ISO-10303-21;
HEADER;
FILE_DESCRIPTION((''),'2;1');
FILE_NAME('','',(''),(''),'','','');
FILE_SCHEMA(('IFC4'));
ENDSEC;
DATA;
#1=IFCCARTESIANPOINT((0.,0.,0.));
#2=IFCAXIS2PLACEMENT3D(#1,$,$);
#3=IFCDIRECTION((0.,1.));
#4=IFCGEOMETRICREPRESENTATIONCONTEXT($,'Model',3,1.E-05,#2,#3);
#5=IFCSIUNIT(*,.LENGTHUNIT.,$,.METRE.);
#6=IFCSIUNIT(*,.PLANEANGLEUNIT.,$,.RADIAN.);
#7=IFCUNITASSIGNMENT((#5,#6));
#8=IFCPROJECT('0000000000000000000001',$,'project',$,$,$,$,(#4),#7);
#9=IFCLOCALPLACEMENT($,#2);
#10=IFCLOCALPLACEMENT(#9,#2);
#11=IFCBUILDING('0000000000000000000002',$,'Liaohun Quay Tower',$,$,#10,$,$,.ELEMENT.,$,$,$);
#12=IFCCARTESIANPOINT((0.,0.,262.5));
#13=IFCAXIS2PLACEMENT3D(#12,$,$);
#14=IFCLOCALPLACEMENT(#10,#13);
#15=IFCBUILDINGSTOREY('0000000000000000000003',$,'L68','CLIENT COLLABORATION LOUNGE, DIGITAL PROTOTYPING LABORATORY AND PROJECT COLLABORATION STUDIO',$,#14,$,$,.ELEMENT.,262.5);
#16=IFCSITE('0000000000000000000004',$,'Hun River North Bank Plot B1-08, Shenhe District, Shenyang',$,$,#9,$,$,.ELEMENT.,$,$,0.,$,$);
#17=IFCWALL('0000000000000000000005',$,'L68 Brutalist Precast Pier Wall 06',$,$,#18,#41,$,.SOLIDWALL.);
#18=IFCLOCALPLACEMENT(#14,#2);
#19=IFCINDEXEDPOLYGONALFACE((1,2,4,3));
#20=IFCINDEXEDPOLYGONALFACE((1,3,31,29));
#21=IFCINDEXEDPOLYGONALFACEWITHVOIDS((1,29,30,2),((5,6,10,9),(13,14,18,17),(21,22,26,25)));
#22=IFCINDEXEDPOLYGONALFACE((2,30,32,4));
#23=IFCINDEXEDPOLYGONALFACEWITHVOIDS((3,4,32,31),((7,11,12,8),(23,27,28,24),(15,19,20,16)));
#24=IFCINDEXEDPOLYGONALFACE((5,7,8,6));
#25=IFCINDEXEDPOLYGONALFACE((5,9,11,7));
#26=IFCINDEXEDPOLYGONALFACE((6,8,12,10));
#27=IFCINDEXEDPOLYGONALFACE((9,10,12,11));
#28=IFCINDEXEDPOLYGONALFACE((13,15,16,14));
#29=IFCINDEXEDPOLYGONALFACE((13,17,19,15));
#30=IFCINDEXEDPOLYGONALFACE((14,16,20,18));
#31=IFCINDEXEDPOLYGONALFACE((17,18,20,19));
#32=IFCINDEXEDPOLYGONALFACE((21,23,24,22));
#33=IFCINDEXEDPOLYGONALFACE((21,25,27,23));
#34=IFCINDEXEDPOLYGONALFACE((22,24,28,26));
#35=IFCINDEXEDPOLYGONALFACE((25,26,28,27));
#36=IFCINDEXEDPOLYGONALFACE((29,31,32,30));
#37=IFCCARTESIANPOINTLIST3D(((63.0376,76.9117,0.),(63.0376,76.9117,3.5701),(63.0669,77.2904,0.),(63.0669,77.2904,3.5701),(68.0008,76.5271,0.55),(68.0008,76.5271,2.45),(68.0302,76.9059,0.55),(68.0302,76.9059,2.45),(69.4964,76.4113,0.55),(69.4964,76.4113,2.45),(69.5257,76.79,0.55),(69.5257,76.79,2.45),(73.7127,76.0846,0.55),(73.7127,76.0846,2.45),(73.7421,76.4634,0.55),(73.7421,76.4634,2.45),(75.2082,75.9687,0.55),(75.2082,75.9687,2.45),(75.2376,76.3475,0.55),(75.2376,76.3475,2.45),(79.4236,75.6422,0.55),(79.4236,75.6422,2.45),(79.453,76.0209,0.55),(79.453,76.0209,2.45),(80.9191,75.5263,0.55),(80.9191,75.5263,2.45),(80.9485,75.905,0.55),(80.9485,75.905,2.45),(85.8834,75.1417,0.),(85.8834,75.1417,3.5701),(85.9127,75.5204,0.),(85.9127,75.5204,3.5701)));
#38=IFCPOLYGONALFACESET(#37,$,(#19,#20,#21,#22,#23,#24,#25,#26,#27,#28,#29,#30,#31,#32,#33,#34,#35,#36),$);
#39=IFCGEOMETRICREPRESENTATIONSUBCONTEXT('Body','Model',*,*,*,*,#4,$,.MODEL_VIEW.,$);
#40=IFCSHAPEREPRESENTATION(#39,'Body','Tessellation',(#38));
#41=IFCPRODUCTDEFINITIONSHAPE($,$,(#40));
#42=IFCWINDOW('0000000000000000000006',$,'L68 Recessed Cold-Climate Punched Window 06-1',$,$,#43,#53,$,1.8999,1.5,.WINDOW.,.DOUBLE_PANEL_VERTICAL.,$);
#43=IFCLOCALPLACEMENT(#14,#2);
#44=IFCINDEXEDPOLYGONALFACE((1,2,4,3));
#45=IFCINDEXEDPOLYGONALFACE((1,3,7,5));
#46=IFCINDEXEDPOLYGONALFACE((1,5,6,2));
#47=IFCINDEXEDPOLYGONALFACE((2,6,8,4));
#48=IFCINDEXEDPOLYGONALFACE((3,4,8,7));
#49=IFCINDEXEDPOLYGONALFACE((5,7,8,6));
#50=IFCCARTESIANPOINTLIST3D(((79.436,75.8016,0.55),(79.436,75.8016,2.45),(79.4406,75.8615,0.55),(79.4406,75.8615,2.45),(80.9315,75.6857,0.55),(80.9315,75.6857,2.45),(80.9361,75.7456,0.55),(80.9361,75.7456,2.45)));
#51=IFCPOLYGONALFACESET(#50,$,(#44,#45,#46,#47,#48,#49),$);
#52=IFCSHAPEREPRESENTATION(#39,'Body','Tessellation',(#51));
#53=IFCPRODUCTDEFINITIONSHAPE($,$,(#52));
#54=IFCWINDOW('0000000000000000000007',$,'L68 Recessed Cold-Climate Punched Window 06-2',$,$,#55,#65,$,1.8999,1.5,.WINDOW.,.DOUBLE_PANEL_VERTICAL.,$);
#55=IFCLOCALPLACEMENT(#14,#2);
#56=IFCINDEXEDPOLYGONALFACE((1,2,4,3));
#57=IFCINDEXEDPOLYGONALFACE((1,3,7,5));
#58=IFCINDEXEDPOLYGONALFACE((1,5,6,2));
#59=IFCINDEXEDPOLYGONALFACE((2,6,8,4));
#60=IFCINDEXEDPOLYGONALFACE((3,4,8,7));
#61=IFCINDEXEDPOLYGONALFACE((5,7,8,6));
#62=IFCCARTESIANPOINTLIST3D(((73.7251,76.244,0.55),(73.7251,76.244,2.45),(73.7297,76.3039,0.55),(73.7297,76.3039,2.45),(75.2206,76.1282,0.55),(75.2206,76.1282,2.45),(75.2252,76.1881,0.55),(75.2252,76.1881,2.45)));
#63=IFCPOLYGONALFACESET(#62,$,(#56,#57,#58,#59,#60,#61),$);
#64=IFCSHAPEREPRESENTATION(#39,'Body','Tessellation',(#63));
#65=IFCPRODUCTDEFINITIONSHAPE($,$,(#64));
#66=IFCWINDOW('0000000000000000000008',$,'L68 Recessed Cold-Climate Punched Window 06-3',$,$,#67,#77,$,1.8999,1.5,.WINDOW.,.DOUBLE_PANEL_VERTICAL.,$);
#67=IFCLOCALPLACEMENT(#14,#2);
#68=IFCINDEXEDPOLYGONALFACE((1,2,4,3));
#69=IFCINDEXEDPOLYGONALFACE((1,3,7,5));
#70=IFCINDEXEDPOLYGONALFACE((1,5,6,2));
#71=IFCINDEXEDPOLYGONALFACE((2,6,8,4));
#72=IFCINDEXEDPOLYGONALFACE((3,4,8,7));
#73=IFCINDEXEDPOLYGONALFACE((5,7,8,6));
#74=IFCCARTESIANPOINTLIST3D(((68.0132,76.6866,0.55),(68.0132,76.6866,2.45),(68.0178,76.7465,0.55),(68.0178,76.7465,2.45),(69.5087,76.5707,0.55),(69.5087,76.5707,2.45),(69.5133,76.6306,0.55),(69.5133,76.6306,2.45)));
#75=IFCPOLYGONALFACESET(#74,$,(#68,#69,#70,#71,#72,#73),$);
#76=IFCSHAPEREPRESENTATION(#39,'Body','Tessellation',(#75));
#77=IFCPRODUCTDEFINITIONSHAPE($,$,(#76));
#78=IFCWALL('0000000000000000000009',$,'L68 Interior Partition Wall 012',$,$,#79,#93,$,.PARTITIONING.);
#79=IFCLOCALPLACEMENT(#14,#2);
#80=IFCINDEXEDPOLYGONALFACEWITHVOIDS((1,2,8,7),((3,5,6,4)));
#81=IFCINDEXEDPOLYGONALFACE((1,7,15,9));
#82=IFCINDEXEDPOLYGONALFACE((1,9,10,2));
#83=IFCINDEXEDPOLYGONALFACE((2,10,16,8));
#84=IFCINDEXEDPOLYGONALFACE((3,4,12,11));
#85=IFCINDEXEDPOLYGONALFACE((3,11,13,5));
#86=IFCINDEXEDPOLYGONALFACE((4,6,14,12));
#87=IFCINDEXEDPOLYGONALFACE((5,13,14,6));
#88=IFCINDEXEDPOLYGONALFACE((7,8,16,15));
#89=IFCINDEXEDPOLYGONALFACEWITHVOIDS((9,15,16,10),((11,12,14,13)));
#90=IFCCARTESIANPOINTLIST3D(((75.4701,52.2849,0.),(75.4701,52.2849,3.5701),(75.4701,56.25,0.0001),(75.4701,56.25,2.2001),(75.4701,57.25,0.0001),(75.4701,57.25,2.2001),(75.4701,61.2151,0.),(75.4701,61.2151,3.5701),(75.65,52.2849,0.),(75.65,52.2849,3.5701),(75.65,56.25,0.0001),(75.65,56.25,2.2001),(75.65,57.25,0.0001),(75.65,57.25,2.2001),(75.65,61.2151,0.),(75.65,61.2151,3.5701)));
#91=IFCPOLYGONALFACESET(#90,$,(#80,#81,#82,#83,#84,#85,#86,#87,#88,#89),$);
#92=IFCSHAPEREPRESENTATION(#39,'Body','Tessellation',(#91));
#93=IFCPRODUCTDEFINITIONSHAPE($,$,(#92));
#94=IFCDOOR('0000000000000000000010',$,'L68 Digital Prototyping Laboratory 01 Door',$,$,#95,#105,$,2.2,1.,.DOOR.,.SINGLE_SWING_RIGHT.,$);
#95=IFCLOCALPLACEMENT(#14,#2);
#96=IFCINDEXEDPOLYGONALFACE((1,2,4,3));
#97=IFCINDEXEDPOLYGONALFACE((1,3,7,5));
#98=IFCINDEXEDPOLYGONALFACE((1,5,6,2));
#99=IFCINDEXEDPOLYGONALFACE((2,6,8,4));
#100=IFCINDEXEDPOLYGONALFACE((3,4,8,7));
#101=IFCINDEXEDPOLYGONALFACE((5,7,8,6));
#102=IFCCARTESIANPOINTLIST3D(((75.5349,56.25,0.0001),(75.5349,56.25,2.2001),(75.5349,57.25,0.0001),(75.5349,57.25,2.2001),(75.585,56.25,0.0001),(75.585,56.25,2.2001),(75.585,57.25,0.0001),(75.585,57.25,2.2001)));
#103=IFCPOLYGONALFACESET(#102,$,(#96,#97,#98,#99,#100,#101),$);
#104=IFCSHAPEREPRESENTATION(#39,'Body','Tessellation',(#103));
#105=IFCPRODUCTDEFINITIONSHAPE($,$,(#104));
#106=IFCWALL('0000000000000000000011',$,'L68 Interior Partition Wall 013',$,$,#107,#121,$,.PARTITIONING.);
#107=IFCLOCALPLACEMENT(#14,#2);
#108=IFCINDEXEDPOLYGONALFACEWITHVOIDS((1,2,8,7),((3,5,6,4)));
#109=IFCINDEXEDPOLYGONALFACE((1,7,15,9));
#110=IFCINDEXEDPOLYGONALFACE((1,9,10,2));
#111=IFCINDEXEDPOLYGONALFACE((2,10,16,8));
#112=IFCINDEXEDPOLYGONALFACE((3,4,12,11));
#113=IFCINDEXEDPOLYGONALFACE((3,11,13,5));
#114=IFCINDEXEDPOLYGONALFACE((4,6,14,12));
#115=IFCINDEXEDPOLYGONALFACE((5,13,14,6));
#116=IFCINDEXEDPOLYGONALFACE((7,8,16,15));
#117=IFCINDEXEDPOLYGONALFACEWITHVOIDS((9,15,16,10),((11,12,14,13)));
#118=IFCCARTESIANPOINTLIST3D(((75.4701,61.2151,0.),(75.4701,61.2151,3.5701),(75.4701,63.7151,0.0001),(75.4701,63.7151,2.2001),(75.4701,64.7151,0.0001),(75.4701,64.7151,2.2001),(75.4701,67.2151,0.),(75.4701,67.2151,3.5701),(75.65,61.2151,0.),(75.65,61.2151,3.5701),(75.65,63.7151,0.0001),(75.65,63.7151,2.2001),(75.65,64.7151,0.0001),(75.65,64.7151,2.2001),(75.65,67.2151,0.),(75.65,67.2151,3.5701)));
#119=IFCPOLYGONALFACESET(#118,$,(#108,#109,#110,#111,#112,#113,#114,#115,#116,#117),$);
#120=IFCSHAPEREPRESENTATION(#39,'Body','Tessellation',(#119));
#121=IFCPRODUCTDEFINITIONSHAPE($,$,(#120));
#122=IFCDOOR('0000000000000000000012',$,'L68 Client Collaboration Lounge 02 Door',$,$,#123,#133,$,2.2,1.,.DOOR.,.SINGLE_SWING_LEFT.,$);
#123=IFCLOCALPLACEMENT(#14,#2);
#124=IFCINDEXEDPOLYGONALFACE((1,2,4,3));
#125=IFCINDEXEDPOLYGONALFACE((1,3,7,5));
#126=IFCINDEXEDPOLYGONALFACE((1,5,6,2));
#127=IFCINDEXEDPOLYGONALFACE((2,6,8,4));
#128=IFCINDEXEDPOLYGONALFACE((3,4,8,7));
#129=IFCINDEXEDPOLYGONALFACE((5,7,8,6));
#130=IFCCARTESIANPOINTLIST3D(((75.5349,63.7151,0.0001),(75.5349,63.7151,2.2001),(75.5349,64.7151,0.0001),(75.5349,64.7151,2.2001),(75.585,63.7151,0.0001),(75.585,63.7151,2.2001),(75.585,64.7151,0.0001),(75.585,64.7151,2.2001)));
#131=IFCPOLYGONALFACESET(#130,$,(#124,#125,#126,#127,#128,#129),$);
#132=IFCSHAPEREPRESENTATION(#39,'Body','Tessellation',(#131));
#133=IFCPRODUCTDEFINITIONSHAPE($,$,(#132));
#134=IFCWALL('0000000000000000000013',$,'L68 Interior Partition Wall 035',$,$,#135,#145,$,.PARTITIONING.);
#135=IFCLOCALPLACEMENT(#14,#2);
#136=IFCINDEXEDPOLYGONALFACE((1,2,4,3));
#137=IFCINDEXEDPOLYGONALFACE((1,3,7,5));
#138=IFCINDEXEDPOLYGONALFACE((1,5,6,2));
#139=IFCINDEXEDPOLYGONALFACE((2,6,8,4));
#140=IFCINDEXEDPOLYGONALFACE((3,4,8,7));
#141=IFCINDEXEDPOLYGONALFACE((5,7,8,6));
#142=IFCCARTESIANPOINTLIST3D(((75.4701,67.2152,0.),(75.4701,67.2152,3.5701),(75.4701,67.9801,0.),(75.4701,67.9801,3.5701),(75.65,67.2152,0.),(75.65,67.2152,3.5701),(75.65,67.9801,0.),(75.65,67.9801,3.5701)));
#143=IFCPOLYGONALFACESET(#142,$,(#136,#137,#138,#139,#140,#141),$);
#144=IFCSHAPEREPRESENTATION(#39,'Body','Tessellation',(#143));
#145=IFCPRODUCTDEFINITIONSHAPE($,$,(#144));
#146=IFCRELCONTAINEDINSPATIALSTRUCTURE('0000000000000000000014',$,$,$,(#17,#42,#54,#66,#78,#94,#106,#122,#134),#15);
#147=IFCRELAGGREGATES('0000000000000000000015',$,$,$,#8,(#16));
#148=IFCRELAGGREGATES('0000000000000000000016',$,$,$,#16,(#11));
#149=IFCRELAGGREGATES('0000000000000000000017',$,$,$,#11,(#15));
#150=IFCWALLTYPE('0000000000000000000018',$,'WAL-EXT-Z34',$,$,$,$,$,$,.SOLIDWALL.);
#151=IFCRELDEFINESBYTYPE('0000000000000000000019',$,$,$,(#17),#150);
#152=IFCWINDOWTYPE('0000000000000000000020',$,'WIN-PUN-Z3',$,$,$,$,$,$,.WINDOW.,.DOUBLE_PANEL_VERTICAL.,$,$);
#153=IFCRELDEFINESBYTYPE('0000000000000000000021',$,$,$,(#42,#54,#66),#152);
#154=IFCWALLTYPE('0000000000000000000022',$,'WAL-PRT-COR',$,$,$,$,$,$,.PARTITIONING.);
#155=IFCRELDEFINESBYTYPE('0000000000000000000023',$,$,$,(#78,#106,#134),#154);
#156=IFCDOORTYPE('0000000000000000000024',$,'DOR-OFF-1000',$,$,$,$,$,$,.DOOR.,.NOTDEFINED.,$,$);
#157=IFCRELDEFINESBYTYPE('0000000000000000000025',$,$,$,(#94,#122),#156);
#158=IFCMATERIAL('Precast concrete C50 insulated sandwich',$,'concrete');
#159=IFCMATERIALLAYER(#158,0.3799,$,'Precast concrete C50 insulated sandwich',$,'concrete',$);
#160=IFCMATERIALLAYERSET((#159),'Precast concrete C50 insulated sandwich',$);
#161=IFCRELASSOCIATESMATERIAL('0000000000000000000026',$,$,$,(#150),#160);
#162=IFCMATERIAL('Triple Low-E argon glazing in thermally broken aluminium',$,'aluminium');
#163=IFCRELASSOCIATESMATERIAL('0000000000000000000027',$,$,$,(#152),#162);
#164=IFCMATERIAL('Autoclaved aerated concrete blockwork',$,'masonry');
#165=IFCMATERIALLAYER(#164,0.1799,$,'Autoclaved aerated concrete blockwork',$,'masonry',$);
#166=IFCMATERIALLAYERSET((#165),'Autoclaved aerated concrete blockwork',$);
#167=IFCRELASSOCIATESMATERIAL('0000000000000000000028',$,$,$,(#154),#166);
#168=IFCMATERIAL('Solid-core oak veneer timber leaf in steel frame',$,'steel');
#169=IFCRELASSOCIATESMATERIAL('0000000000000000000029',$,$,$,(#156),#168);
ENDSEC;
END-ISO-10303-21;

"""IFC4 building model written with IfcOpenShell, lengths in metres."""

from ifc_helpers import new_model, si_unit, direction, frame, frame_2d, origin, place, context, subcontext, project, spatial, rectangle, extrude, source, transform, mapped, material, layer, layer_set, type_object, element, fill, save


model = new_model("IFC4")

# Units and contexts
model_context = context("Model", 3, precision=1e-05, world=origin(), true_north=direction((0.0, 1.0)))
body_context = subcontext(model_context, "Body", "Model", "MODEL_VIEW")
ifc_project = project(units=[si_unit("LENGTHUNIT", "METRE"), si_unit("PLANEANGLEUNIT", "RADIAN")], contexts=[model_context])

# Site, building, storey
site_placement = place(None, origin())
site = spatial("IfcSite", under=ifc_project, at=site_placement, Name="Hun River North Bank Plot B1-08, Shenhe District, Shenyang", CompositionType="ELEMENT", RefElevation=0.0)
building_placement = place(site_placement, origin())
building = spatial("IfcBuilding", under=site, at=building_placement, Name="Liaohun Quay Tower", CompositionType="ELEMENT")
storey_placement = place(building_placement, frame((0.0, 0.0, 262.5)))
storey = spatial("IfcBuildingStorey", under=building, at=storey_placement, Name="L68", Description="CLIENT COLLABORATION LOUNGE, DIGITAL PROTOTYPING LABORATORY AND PROJECT COLLABORATION STUDIO", CompositionType="ELEMENT", Elevation=262.5)

# Shared definitions
ifc_material_1 = material(Name="Precast concrete C50 insulated sandwich", Category="concrete")
ifc_layer_1 = layer(ifc_material_1, 0.3799, Name="Precast concrete C50 insulated sandwich", Category="concrete")
ifc_layer_set_1 = layer_set([ifc_layer_1], Name="Precast concrete C50 insulated sandwich")
wall_type_1 = type_object("IfcWallType", Name="WAL-EXT-Z34", PredefinedType="SOLIDWALL", material=ifc_layer_set_1)

# Wall, openings, windows
wall_1_placement = place(storey_placement, frame((85.8979, 75.3311, 0.0), z_axis=(0.0, 0.0, 1.0), x_axis=(-0.997012, 0.077245, 0.0)))
wall_1 = element("IfcWall", 1, at=wall_1_placement, inside=storey, type_object=wall_type_1, Name="L68 Brutalist Precast Pier Wall 06", PredefinedType="SOLIDWALL", context=body_context, shape_type="SweptSolid", body=[
    extrude(rectangle(XDim=22.9143, YDim=0.3799, at=frame_2d((11.457, 0.0))), origin(), (0.0, 0.0, 1.0), 3.5701),
])
shared_shape_1 = source(origin(), body_context, "Body", "SweptSolid", [
    extrude(rectangle(XDim=1.5, YDim=1.8999, at=frame_2d((0.75, 0.95))), frame((0.0, 0.2, 0.0), z_axis=(0.0, -1.0, 0.0), x_axis=(1.0, 0.0, 0.0)), (0.0, 0.0, 1.0), 0.3999),
])
opening_1_placement = place(wall_1_placement, frame((4.979, 0.0, 0.55)))
opening_1 = element("IfcOpeningElement", 2, at=opening_1_placement, cuts=wall_1, PredefinedType="OPENING", context=body_context, shape_type="MappedRepresentation", body=[
    mapped(shared_shape_1, transform((0.0, 0.0, 0.0), x_axis=(1.0, 0.0, 0.0), y_axis=(0.0, 1.0, 0.0), z_axis=(0.0, 0.0, 1.0), scale=1.0)),
])
opening_2_placement = place(wall_1_placement, frame((10.707, 0.0, 0.55)))
opening_2 = element("IfcOpeningElement", 3, at=opening_2_placement, cuts=wall_1, PredefinedType="OPENING", context=body_context, shape_type="MappedRepresentation", body=[
    mapped(shared_shape_1, transform((0.0, 0.0, 0.0), x_axis=(1.0, 0.0, 0.0), y_axis=(0.0, 1.0, 0.0), z_axis=(0.0, 0.0, 1.0), scale=1.0)),
])
opening_3_placement = place(wall_1_placement, frame((16.436, 0.0, 0.55)))
opening_3 = element("IfcOpeningElement", 4, at=opening_3_placement, cuts=wall_1, PredefinedType="OPENING", context=body_context, shape_type="MappedRepresentation", body=[
    mapped(shared_shape_1, transform((0.0, 0.0, 0.0), x_axis=(1.0, 0.0, 0.0), y_axis=(0.0, 1.0, 0.0), z_axis=(0.0, 0.0, 1.0), scale=1.0)),
])
ifc_material_2 = material(Name="Triple Low-E argon glazing in thermally broken aluminium", Category="aluminium")
window_type_1 = type_object("IfcWindowType", Name="WIN-PUN-Z3", PartitioningType="DOUBLE_PANEL_VERTICAL", PredefinedType="WINDOW", material=ifc_material_2)
shared_shape_2 = source(origin(), body_context, "Body", "SweptSolid", [
    extrude(rectangle(XDim=1.5, YDim=1.8999, at=frame_2d((0.75, 0.95))), frame((0.0, 0.03, 0.0), z_axis=(0.0, -1.0, 0.0), x_axis=(1.0, 0.0, 0.0)), (0.0, 0.0, 1.0), 0.0601),
])
window_1_placement = place(opening_1_placement, origin())
window_1 = element("IfcWindow", 5, at=window_1_placement, inside=storey, type_object=window_type_1, Name="L68 Recessed Cold-Climate Punched Window 06-1", OverallHeight=1.8999, OverallWidth=1.5, PartitioningType="DOUBLE_PANEL_VERTICAL", PredefinedType="WINDOW", context=body_context, shape_type="MappedRepresentation", body=[
    mapped(shared_shape_2, transform((0.0, 0.0, 0.0), x_axis=(1.0, 0.0, 0.0), y_axis=(0.0, 1.0, 0.0), z_axis=(0.0, 0.0, 1.0), scale=1.0)),
])
fill(opening_1, window_1)
window_2_placement = place(opening_2_placement, origin())
window_2 = element("IfcWindow", 6, at=window_2_placement, inside=storey, type_object=window_type_1, Name="L68 Recessed Cold-Climate Punched Window 06-2", OverallHeight=1.8999, OverallWidth=1.5, PartitioningType="DOUBLE_PANEL_VERTICAL", PredefinedType="WINDOW", context=body_context, shape_type="MappedRepresentation", body=[
    mapped(shared_shape_2, transform((0.0, 0.0, 0.0), x_axis=(1.0, 0.0, 0.0), y_axis=(0.0, 1.0, 0.0), z_axis=(0.0, 0.0, 1.0), scale=1.0)),
])
fill(opening_2, window_2)
window_3_placement = place(opening_3_placement, origin())
window_3 = element("IfcWindow", 7, at=window_3_placement, inside=storey, type_object=window_type_1, Name="L68 Recessed Cold-Climate Punched Window 06-3", OverallHeight=1.8999, OverallWidth=1.5, PartitioningType="DOUBLE_PANEL_VERTICAL", PredefinedType="WINDOW", context=body_context, shape_type="MappedRepresentation", body=[
    mapped(shared_shape_2, transform((0.0, 0.0, 0.0), x_axis=(1.0, 0.0, 0.0), y_axis=(0.0, 1.0, 0.0), z_axis=(0.0, 0.0, 1.0), scale=1.0)),
])
fill(opening_3, window_3)

# Walls, openings, doors
ifc_material_3 = material(Name="Autoclaved aerated concrete blockwork", Category="masonry")
ifc_layer_2 = layer(ifc_material_3, 0.1799, Name="Autoclaved aerated concrete blockwork", Category="masonry")
ifc_layer_set_2 = layer_set([ifc_layer_2], Name="Autoclaved aerated concrete blockwork")
wall_type_2 = type_object("IfcWallType", Name="WAL-PRT-COR", PredefinedType="PARTITIONING", material=ifc_layer_set_2)
wall_2_placement = place(storey_placement, frame((75.5601, 61.2151, 0.0), z_axis=(0.0, 0.0, 1.0), x_axis=(0.0, -1.0, 0.0)))
wall_2 = element("IfcWall", 8, at=wall_2_placement, inside=storey, type_object=wall_type_2, Name="L68 Interior Partition Wall 012", PredefinedType="PARTITIONING", context=body_context, shape_type="SweptSolid", body=[
    extrude(rectangle(XDim=8.9302, YDim=0.1799, at=frame_2d((4.4651, 0.0))), origin(), (0.0, 0.0, 1.0), 3.5701),
])
shared_shape_3 = source(origin(), body_context, "Body", "SweptSolid", [
    extrude(rectangle(XDim=1.0, YDim=2.2, at=frame_2d((0.5, 1.1001))), frame((0.0, 0.0999, 0.0), z_axis=(0.0, -1.0, 0.0), x_axis=(1.0, 0.0, 0.0)), (0.0, 0.0, 1.0), 0.2),
])
opening_4_placement = place(wall_2_placement, frame((3.9651, 0.0, 0.0)))
opening_4 = element("IfcOpeningElement", 9, at=opening_4_placement, cuts=wall_2, PredefinedType="OPENING", context=body_context, shape_type="MappedRepresentation", body=[
    mapped(shared_shape_3, transform((0.0, 0.0, 0.0), x_axis=(1.0, 0.0, 0.0), y_axis=(0.0, 1.0, 0.0), z_axis=(0.0, 0.0, 1.0), scale=1.0)),
])
ifc_material_4 = material(Name="Solid-core oak veneer timber leaf in steel frame", Category="steel")
door_type = type_object("IfcDoorType", Name="DOR-OFF-1000", OperationType="NOTDEFINED", PredefinedType="DOOR", material=ifc_material_4)
shared_shape_4 = source(origin(), body_context, "Body", "SweptSolid", [
    extrude(rectangle(XDim=1.0, YDim=2.2, at=frame_2d((0.5, 1.1001))), frame((0.0, 0.0249, 0.0), z_axis=(0.0, -1.0, 0.0), x_axis=(1.0, 0.0, 0.0)), (0.0, 0.0, 1.0), 0.05),
])
door_1_placement = place(opening_4_placement, origin())
door_1 = element("IfcDoor", 10, at=door_1_placement, inside=storey, type_object=door_type, Name="L68 Digital Prototyping Laboratory 01 Door", OperationType="SINGLE_SWING_RIGHT", OverallHeight=2.2, OverallWidth=1.0, PredefinedType="DOOR", context=body_context, shape_type="MappedRepresentation", body=[
    mapped(shared_shape_4, transform((0.0, 0.0, 0.0), x_axis=(1.0, 0.0, 0.0), y_axis=(0.0, 1.0, 0.0), z_axis=(0.0, 0.0, 1.0), scale=1.0)),
])
fill(opening_4, door_1)
wall_3_placement = place(storey_placement, frame((75.5601, 67.2151, 0.0), z_axis=(0.0, 0.0, 1.0), x_axis=(0.0, -1.0, 0.0)))
wall_3 = element("IfcWall", 11, at=wall_3_placement, inside=storey, type_object=wall_type_2, Name="L68 Interior Partition Wall 013", PredefinedType="PARTITIONING", context=body_context, shape_type="SweptSolid", body=[
    extrude(rectangle(XDim=6.0, YDim=0.1799, at=frame_2d((3.0, 0.0))), origin(), (0.0, 0.0, 1.0), 3.5701),
])
opening_5_placement = place(wall_3_placement, frame((2.5, 0.0, 0.0)))
opening_5 = element("IfcOpeningElement", 12, at=opening_5_placement, cuts=wall_3, PredefinedType="OPENING", context=body_context, shape_type="MappedRepresentation", body=[
    mapped(shared_shape_3, transform((0.0, 0.0, 0.0), x_axis=(1.0, 0.0, 0.0), y_axis=(0.0, 1.0, 0.0), z_axis=(0.0, 0.0, 1.0), scale=1.0)),
])
door_2_placement = place(opening_5_placement, origin())
door_2 = element("IfcDoor", 13, at=door_2_placement, inside=storey, type_object=door_type, Name="L68 Client Collaboration Lounge 02 Door", OperationType="SINGLE_SWING_LEFT", OverallHeight=2.2, OverallWidth=1.0, PredefinedType="DOOR", context=body_context, shape_type="MappedRepresentation", body=[
    mapped(shared_shape_4, transform((0.0, 0.0, 0.0), x_axis=(1.0, 0.0, 0.0), y_axis=(0.0, 1.0, 0.0), z_axis=(0.0, 0.0, 1.0), scale=1.0)),
])
fill(opening_5, door_2)

# Wall
wall_4_placement = place(storey_placement, frame((75.5601, 67.98, 0.0), z_axis=(0.0, 0.0, 1.0), x_axis=(0.0, -1.0, 0.0)))
element("IfcWall", 14, at=wall_4_placement, inside=storey, type_object=wall_type_2, Name="L68 Interior Partition Wall 035", PredefinedType="PARTITIONING", context=body_context, shape_type="SweptSolid", body=[
    extrude(rectangle(XDim=0.7649, YDim=0.1799, at=frame_2d((0.3823, 0.0))), origin(), (0.0, 0.0, 1.0), 3.5701),
])

save(model, "model.ifc")
